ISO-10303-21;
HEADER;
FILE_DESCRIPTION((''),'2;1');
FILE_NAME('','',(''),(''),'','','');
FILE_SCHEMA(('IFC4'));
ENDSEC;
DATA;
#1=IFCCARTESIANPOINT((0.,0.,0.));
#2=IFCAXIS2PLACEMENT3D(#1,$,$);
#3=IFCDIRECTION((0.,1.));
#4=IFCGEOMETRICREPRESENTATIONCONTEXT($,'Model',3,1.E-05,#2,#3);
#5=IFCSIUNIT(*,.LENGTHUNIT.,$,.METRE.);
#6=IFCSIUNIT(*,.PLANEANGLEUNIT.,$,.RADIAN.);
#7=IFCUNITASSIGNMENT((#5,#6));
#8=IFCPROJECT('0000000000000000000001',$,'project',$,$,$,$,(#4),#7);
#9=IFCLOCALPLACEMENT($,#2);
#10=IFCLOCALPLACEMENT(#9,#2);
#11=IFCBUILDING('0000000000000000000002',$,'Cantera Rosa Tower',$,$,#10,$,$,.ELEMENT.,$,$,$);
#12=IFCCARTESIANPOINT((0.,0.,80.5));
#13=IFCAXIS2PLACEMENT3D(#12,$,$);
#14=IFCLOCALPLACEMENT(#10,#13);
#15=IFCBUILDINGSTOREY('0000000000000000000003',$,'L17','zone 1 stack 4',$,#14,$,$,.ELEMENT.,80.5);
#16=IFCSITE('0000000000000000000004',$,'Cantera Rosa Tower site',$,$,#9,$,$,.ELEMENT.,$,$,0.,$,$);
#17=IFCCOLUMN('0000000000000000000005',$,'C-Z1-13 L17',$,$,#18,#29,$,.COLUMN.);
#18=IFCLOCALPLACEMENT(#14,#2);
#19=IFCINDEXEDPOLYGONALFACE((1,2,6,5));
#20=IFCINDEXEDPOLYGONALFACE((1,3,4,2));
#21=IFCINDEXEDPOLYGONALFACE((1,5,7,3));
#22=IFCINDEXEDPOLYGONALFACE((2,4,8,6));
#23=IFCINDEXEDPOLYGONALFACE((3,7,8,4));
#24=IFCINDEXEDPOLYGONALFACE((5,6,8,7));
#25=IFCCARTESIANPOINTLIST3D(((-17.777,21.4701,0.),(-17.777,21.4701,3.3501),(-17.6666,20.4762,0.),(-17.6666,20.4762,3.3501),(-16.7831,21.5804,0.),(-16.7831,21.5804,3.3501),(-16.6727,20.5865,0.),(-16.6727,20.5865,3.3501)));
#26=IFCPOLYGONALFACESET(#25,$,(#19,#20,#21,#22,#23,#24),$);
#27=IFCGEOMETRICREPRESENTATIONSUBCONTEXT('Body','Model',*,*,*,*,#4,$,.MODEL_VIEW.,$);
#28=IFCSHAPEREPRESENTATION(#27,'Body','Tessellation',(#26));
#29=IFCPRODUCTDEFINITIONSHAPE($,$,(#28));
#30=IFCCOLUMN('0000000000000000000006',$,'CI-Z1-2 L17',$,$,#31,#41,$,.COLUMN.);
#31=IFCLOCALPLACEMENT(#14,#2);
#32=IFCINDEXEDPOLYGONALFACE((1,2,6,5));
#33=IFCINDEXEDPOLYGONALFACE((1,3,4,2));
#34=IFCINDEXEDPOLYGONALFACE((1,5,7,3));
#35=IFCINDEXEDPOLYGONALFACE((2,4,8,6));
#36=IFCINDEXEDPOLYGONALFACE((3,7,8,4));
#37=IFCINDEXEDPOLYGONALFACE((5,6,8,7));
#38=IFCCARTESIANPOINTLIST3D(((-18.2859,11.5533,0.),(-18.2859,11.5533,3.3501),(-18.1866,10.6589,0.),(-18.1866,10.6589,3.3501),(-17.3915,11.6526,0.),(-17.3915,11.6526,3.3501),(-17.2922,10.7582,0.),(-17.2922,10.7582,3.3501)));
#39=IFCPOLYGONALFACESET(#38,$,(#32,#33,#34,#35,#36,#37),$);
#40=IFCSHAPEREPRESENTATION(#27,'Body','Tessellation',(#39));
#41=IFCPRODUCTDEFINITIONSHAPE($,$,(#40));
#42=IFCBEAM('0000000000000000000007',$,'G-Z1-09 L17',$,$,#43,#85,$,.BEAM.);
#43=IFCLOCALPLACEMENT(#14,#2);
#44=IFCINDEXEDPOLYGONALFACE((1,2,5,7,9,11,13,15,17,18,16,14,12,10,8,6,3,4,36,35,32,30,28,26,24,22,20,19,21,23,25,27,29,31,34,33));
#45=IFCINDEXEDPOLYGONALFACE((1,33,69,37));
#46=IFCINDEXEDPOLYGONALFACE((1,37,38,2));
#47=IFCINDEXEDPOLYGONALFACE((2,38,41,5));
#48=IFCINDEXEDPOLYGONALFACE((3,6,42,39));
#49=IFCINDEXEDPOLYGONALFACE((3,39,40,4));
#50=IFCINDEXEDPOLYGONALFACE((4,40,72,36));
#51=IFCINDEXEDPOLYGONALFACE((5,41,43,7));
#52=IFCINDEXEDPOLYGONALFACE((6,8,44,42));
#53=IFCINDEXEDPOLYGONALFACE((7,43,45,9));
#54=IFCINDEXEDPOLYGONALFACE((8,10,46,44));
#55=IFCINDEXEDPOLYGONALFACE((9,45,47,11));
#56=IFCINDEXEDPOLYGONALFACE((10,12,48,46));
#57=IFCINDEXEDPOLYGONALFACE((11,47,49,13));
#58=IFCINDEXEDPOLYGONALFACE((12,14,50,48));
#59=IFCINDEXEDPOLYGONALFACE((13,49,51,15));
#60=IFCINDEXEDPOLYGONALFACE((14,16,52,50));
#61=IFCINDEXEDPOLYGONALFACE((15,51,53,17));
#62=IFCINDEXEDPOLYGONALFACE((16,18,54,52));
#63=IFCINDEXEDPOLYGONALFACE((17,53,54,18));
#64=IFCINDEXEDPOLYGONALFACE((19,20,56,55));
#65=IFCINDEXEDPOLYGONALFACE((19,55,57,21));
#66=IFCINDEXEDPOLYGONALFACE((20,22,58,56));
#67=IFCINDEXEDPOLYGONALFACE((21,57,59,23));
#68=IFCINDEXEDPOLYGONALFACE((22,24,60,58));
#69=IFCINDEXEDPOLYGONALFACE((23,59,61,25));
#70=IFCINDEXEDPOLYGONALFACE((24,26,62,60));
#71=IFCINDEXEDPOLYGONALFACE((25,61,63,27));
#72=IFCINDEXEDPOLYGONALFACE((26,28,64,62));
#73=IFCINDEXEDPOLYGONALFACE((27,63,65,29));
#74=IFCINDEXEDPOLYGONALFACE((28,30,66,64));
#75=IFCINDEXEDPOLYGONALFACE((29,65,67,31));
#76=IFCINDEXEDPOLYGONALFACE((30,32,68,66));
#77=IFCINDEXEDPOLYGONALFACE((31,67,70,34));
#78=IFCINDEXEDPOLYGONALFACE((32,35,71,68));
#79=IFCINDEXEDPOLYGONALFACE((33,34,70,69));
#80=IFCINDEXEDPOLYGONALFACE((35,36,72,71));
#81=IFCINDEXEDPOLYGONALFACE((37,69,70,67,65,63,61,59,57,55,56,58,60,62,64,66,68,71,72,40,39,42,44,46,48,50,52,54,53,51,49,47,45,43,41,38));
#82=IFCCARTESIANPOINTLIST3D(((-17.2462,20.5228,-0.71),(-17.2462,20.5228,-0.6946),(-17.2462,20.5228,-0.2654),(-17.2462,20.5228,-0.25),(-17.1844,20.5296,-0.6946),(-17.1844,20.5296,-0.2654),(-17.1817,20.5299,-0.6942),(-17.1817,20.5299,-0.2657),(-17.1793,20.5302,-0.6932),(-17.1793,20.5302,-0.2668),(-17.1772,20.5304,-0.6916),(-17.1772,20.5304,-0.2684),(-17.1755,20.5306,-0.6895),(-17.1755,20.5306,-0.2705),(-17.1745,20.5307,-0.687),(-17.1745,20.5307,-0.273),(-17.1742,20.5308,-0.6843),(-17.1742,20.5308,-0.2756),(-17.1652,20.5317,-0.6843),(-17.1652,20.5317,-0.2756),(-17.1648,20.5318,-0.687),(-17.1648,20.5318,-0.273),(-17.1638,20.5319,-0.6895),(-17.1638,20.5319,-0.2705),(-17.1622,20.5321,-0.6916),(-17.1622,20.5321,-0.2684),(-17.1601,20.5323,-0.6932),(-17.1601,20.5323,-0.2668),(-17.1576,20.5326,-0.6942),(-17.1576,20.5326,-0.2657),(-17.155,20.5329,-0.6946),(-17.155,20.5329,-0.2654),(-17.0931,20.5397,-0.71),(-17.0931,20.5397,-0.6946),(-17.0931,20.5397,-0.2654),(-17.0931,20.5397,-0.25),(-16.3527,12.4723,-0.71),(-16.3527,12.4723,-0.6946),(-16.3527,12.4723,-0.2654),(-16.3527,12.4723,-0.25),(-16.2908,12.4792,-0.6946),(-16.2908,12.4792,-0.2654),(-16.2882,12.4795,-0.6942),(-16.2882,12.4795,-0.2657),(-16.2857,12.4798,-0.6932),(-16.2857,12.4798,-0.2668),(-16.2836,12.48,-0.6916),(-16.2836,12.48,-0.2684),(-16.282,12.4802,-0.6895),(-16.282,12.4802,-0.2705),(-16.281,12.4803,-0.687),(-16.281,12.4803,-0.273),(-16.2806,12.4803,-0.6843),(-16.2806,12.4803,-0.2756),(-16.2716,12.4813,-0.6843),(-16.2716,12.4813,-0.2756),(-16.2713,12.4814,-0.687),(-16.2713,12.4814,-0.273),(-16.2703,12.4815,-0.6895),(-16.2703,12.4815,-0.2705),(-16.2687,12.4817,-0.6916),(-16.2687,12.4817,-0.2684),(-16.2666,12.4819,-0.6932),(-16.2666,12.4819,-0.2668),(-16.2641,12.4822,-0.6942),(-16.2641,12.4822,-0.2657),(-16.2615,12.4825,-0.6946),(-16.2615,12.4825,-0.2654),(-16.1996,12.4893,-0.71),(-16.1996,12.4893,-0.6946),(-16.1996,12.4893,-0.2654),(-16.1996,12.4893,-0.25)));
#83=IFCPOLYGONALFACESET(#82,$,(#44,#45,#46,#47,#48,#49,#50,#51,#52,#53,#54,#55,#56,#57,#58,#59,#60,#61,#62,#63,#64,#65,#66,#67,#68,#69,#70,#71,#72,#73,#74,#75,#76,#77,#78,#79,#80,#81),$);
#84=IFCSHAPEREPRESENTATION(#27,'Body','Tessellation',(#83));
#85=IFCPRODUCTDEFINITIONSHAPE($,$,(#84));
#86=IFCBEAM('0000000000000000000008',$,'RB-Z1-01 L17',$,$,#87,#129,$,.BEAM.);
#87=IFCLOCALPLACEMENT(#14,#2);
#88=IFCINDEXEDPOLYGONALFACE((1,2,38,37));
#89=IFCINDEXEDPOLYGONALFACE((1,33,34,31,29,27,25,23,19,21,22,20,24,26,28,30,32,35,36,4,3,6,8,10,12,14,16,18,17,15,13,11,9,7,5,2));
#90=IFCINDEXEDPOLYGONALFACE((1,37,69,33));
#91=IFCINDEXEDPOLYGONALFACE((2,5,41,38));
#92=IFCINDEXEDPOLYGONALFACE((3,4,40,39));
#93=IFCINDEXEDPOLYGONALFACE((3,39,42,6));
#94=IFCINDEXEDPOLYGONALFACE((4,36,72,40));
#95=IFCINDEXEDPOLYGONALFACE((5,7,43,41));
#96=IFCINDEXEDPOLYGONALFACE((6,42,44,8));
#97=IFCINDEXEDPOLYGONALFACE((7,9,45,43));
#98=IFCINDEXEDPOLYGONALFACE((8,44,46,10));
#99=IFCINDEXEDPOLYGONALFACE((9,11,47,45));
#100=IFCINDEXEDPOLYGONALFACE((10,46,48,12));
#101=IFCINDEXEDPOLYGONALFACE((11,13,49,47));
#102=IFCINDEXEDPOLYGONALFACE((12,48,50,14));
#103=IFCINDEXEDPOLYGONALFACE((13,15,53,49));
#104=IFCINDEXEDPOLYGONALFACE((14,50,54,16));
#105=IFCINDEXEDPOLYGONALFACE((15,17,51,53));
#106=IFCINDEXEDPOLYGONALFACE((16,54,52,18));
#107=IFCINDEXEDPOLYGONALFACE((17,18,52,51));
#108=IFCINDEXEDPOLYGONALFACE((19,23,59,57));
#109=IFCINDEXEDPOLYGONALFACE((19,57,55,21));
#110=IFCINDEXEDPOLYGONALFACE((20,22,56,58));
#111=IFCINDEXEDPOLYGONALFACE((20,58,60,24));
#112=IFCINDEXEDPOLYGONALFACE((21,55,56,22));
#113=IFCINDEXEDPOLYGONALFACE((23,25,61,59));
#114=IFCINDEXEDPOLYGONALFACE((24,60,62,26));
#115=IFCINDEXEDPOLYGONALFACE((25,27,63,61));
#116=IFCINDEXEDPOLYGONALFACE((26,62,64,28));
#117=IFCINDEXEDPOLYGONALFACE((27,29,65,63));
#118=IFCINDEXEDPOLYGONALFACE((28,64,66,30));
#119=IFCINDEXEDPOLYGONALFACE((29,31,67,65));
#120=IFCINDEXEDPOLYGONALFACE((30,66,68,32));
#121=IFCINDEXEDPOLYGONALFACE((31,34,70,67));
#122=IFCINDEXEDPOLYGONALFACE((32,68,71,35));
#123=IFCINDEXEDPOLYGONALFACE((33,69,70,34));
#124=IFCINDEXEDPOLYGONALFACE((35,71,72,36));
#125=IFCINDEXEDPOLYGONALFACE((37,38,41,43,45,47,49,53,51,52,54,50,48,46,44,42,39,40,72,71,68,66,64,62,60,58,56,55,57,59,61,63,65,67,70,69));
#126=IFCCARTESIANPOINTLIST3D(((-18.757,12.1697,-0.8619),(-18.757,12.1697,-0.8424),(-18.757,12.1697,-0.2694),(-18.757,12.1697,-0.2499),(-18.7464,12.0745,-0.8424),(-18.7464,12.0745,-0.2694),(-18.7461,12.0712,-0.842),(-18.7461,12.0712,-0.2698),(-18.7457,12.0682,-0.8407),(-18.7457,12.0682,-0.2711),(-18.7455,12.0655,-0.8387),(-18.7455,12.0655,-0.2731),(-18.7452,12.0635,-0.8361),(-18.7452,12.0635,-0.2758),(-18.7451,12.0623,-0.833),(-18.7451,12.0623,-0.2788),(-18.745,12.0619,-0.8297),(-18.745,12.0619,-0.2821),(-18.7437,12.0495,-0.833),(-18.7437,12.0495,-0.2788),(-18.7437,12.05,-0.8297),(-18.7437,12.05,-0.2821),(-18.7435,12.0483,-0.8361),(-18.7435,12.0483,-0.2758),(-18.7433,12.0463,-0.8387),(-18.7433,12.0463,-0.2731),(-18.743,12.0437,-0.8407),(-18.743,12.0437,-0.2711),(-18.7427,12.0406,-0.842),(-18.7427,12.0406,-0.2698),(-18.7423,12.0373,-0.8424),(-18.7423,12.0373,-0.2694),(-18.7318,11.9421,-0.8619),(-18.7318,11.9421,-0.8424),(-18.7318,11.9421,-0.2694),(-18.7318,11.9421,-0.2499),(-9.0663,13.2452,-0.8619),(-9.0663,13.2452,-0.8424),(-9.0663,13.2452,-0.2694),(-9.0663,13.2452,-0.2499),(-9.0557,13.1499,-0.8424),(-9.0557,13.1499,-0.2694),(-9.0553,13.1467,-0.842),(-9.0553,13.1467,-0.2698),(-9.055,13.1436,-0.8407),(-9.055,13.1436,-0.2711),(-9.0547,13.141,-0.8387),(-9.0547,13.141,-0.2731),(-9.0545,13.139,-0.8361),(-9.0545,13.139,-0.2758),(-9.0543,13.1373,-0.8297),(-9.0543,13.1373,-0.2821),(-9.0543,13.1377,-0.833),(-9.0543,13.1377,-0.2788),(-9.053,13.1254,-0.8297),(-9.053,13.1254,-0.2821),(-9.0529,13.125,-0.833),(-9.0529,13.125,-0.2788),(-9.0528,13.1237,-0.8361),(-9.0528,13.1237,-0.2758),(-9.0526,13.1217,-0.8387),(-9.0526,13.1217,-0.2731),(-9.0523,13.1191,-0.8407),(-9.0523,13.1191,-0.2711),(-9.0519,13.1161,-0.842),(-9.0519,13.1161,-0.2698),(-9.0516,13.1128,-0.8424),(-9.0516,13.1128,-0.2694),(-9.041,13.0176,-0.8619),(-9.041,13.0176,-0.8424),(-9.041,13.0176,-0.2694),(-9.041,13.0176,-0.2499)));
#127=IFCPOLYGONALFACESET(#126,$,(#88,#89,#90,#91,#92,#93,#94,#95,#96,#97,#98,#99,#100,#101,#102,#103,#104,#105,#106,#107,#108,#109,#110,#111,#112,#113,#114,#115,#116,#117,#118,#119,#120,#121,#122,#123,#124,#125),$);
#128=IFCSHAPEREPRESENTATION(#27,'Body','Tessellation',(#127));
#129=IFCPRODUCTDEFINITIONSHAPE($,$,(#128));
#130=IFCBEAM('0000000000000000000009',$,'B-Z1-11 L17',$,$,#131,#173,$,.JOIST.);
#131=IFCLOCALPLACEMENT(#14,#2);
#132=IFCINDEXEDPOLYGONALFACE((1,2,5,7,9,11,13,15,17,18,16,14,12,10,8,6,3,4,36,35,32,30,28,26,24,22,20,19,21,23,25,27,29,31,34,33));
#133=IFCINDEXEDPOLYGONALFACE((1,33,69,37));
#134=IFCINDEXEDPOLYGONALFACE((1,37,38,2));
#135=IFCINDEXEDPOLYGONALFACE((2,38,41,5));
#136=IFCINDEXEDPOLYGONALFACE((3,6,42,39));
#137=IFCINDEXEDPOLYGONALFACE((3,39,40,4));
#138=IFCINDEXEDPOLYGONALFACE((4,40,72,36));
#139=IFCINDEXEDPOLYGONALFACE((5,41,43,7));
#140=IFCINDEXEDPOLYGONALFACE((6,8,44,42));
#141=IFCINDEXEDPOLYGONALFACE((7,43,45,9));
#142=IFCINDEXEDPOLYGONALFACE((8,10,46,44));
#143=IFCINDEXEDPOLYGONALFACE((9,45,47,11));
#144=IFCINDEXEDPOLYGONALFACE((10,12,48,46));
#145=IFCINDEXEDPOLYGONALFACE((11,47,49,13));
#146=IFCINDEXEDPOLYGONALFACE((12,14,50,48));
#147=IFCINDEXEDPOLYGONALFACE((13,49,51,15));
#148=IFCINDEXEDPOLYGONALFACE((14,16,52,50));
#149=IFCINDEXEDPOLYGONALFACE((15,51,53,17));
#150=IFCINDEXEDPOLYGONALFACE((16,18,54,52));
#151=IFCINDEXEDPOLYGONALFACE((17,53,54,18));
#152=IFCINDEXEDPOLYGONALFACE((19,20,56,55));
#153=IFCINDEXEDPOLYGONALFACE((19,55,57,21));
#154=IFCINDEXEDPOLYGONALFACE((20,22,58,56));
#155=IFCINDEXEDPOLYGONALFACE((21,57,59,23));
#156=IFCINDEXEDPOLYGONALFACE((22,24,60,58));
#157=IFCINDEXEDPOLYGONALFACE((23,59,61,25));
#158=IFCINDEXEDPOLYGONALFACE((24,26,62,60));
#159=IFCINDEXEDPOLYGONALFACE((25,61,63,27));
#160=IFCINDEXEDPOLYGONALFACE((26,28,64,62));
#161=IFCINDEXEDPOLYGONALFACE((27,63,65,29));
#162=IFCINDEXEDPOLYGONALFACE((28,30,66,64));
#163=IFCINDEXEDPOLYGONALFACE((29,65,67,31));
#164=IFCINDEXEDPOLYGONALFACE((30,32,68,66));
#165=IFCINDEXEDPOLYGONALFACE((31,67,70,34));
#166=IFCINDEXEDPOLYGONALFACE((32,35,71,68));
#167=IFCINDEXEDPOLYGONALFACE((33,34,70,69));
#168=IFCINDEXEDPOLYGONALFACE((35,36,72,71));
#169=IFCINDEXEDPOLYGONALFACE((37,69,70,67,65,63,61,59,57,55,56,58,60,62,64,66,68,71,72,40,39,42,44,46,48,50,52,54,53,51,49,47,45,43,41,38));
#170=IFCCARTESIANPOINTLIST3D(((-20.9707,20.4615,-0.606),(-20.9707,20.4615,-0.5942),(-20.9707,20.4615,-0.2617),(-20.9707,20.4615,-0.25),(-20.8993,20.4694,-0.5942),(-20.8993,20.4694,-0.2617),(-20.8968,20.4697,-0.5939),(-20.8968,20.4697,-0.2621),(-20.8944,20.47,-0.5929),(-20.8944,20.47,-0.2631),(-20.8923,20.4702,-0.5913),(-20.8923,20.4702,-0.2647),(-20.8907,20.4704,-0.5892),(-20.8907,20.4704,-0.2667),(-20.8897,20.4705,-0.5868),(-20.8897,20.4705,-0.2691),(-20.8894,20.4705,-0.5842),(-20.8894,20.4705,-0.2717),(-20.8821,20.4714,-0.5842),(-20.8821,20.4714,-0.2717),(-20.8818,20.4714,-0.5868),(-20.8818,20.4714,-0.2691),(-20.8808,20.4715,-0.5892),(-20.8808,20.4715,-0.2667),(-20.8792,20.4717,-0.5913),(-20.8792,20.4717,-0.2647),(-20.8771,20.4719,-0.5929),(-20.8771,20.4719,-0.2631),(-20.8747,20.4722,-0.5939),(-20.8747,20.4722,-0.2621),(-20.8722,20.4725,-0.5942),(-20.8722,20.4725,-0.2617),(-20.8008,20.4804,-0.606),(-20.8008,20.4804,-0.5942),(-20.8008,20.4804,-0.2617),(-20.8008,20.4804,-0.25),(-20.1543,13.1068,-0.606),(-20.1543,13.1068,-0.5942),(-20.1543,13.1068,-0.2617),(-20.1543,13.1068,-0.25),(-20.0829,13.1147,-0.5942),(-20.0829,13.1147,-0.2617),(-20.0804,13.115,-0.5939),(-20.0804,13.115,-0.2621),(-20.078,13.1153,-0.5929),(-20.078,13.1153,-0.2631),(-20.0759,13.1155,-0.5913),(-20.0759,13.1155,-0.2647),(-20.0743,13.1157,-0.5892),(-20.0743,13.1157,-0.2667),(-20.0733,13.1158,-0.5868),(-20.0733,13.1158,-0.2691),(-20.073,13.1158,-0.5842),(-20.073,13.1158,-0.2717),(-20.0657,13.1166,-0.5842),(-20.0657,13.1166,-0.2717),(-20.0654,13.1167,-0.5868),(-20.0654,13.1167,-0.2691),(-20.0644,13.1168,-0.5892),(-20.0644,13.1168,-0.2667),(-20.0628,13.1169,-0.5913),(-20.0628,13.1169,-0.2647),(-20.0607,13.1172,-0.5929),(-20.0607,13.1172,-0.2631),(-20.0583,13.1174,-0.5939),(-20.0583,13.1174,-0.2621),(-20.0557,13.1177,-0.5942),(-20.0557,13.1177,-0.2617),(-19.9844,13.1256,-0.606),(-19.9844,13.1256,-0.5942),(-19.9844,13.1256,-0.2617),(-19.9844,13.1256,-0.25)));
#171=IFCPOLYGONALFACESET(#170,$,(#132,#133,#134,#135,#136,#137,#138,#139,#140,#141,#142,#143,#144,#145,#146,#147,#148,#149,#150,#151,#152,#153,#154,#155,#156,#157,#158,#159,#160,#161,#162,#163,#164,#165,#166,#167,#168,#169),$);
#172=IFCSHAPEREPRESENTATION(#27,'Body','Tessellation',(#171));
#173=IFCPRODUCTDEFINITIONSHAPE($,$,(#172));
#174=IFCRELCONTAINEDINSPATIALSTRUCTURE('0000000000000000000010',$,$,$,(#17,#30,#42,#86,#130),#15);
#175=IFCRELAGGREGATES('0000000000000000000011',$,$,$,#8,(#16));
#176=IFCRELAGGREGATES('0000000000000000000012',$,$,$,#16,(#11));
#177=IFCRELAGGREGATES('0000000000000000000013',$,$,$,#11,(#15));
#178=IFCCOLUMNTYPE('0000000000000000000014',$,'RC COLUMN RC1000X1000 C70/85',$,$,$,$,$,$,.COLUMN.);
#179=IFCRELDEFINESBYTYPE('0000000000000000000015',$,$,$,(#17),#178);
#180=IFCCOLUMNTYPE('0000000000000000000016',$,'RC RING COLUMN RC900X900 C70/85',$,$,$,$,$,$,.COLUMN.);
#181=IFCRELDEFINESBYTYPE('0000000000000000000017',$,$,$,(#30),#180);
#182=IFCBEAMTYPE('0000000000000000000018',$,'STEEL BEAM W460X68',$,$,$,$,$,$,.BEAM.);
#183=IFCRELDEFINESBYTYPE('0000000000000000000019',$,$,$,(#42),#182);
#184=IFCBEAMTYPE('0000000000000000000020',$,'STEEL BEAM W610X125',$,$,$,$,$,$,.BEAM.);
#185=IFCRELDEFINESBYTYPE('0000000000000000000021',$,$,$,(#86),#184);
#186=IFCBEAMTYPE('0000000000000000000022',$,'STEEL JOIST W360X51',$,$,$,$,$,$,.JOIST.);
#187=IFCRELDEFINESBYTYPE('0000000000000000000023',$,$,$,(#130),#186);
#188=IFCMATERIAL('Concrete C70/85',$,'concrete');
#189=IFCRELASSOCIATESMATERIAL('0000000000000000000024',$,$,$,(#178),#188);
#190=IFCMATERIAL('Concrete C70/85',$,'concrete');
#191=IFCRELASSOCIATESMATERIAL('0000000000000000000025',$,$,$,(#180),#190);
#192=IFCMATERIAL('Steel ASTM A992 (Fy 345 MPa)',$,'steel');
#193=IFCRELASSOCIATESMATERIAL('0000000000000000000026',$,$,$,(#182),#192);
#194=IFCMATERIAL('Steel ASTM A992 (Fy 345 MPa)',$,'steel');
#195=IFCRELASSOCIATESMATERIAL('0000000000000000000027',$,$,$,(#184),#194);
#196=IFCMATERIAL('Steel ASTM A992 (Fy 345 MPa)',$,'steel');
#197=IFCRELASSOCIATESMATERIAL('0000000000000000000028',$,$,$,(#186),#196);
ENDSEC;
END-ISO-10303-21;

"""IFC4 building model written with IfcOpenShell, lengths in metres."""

from ifc_helpers import new_model, si_unit, direction, frame, origin, origin_2d, place, context, subcontext, project, spatial, rectangle, i_section, extrude, material, material_profile, profile_set, type_object, element, save


model = new_model("IFC4")

# Units and contexts
model_context = context("Model", 3, precision=1e-05, world=origin(), true_north=direction((0.0, 1.0)))
body_context = subcontext(model_context, "Body", "Model", "MODEL_VIEW")
ifc_project = project(units=[si_unit("LENGTHUNIT", "METRE"), si_unit("PLANEANGLEUNIT", "RADIAN")], contexts=[model_context])

# Site, building, storey
site_placement = place(None, origin())
site = spatial("IfcSite", under=ifc_project, at=site_placement, Name="Cantera Rosa Tower site", CompositionType="ELEMENT", RefElevation=0.0)
building_placement = place(site_placement, origin())
building = spatial("IfcBuilding", under=site, at=building_placement, Name="Cantera Rosa Tower", CompositionType="ELEMENT")
storey_placement = place(building_placement, frame((0.0, 0.0, 80.5)))
storey = spatial("IfcBuildingStorey", under=building, at=storey_placement, Name="L17", Description="zone 1 stack 4", CompositionType="ELEMENT", Elevation=80.5)

# Columns
ifc_material_1 = material(Name="Concrete C70/85", Category="concrete")
ifc_material_profile_1 = material_profile(ifc_material_1, rectangle(XDim=1.0, YDim=1.0, at=origin_2d()), Name="RC COLUMN RC1000X1000 C70/85")
ifc_profile_set_1 = profile_set([ifc_material_profile_1], Name="Concrete C70/85")
column_type_1 = type_object("IfcColumnType", Name="RC COLUMN RC1000X1000 C70/85", PredefinedType="COLUMN", material=ifc_profile_set_1)
column_1_placement = place(storey_placement, frame((-17.2249, 21.0283, 0.0), z_axis=(0.0, 0.0, 1.0), x_axis=(0.993897, 0.110313, 0.0)))
element("IfcColumn", 1, at=column_1_placement, inside=storey, type_object=column_type_1, Name="C-Z1-13 L17", PredefinedType="COLUMN", context=body_context, shape_type="SweptSolid", body=[
    extrude(rectangle(XDim=1.0, YDim=1.0, at=origin_2d()), origin(), (0.0, 0.0, 1.0), 3.3501),
])
ifc_material_2 = material(Name="Concrete C70/85", Category="concrete")
ifc_material_profile_2 = material_profile(ifc_material_2, rectangle(XDim=0.8999, YDim=0.8999, at=origin_2d()), Name="RC RING COLUMN RC900X900 C70/85")
ifc_profile_set_2 = profile_set([ifc_material_profile_2], Name="Concrete C70/85")
column_type_2 = type_object("IfcColumnType", Name="RC RING COLUMN RC900X900 C70/85", PredefinedType="COLUMN", material=ifc_profile_set_2)
column_2_placement = place(storey_placement, frame((-17.7891, 11.1558, 0.0), z_axis=(0.0, 0.0, 1.0), x_axis=(0.993897, 0.110313, 0.0)))
element("IfcColumn", 2, at=column_2_placement, inside=storey, type_object=column_type_2, Name="CI-Z1-2 L17", PredefinedType="COLUMN", context=body_context, shape_type="SweptSolid", body=[
    extrude(rectangle(XDim=0.8999, YDim=0.8999, at=origin_2d()), origin(), (0.0, 0.0, 1.0), 3.3501),
])

# Beams
ifc_material_3 = material(Name="Steel ASTM A992 (Fy 345 MPa)", Category="steel")
ifc_material_profile_3 = material_profile(ifc_material_3, i_section(OverallWidth=0.1541, OverallDepth=0.46, WebThickness=0.009, FlangeThickness=0.0154, FilletRadius=0.0103, at=origin_2d()), Name="W460X68")
ifc_profile_set_3 = profile_set([ifc_material_profile_3], Name="Steel ASTM A992 (Fy 345 MPa)")
beam_type_1 = type_object("IfcBeamType", Name="STEEL BEAM W460X68", PredefinedType="BEAM", material=ifc_profile_set_3)
beam_1_placement = place(storey_placement, frame((-17.1697, 20.5312, -0.48), z_axis=(0.110316, -0.993897, 0.0), x_axis=(0.993897, 0.110316, 0.0)))
element("IfcBeam", 3, at=beam_1_placement, inside=storey, type_object=beam_type_1, Name="G-Z1-09 L17", PredefinedType="BEAM", context=body_context, shape_type="SweptSolid", body=[
    extrude(i_section(OverallWidth=0.1541, OverallDepth=0.46, WebThickness=0.009, FlangeThickness=0.0154, FilletRadius=0.0103, at=origin_2d()), origin(), (0.0, 0.0, 1.0), 8.0999),
])
ifc_material_4 = material(Name="Steel ASTM A992 (Fy 345 MPa)", Category="steel")
ifc_material_profile_4 = material_profile(ifc_material_4, i_section(OverallWidth=0.229, OverallDepth=0.6121, WebThickness=0.012, FlangeThickness=0.0195, FilletRadius=0.0127, at=origin_2d()), Name="W610X125")
ifc_profile_set_4 = profile_set([ifc_material_profile_4], Name="Steel ASTM A992 (Fy 345 MPa)")
beam_type_2 = type_object("IfcBeamType", Name="STEEL BEAM W610X125", PredefinedType="BEAM", material=ifc_profile_set_4)
beam_2_placement = place(storey_placement, frame((-18.7444, 12.0559, -0.5559), z_axis=(0.993898, 0.1103, 0.0), x_axis=(-0.1103, 0.993898, 0.0)))
element("IfcBeam", 4, at=beam_2_placement, inside=storey, type_object=beam_type_2, Name="RB-Z1-01 L17", PredefinedType="BEAM", context=body_context, shape_type="SweptSolid", body=[
    extrude(i_section(OverallWidth=0.229, OverallDepth=0.6121, WebThickness=0.012, FlangeThickness=0.0195, FilletRadius=0.0127, at=origin_2d()), origin(), (0.0, 0.0, 1.0), 9.7502),
])
ifc_material_5 = material(Name="Steel ASTM A992 (Fy 345 MPa)", Category="steel")
ifc_material_profile_5 = material_profile(ifc_material_5, i_section(OverallWidth=0.1709, OverallDepth=0.356, WebThickness=0.0073, FlangeThickness=0.0117, FilletRadius=0.01, at=origin_2d()), Name="W360X51")
ifc_profile_set_5 = profile_set([ifc_material_profile_5], Name="Steel ASTM A992 (Fy 345 MPa)")
beam_type_3 = type_object("IfcBeamType", Name="STEEL JOIST W360X51", PredefinedType="JOIST", material=ifc_profile_set_5)
beam_3_placement = place(storey_placement, frame((-20.8857, 20.4709, -0.428), z_axis=(0.110327, -0.993895, 0.0), x_axis=(0.993895, 0.110327, 0.0)))
element("IfcBeam", 5, at=beam_3_placement, inside=storey, type_object=beam_type_3, Name="B-Z1-11 L17", PredefinedType="JOIST", context=body_context, shape_type="SweptSolid", body=[
    extrude(i_section(OverallWidth=0.1709, OverallDepth=0.356, WebThickness=0.0073, FlangeThickness=0.0117, FilletRadius=0.01, at=origin_2d()), origin(), (0.0, 0.0, 1.0), 7.3999),
])

save(model, "model.ifc")
